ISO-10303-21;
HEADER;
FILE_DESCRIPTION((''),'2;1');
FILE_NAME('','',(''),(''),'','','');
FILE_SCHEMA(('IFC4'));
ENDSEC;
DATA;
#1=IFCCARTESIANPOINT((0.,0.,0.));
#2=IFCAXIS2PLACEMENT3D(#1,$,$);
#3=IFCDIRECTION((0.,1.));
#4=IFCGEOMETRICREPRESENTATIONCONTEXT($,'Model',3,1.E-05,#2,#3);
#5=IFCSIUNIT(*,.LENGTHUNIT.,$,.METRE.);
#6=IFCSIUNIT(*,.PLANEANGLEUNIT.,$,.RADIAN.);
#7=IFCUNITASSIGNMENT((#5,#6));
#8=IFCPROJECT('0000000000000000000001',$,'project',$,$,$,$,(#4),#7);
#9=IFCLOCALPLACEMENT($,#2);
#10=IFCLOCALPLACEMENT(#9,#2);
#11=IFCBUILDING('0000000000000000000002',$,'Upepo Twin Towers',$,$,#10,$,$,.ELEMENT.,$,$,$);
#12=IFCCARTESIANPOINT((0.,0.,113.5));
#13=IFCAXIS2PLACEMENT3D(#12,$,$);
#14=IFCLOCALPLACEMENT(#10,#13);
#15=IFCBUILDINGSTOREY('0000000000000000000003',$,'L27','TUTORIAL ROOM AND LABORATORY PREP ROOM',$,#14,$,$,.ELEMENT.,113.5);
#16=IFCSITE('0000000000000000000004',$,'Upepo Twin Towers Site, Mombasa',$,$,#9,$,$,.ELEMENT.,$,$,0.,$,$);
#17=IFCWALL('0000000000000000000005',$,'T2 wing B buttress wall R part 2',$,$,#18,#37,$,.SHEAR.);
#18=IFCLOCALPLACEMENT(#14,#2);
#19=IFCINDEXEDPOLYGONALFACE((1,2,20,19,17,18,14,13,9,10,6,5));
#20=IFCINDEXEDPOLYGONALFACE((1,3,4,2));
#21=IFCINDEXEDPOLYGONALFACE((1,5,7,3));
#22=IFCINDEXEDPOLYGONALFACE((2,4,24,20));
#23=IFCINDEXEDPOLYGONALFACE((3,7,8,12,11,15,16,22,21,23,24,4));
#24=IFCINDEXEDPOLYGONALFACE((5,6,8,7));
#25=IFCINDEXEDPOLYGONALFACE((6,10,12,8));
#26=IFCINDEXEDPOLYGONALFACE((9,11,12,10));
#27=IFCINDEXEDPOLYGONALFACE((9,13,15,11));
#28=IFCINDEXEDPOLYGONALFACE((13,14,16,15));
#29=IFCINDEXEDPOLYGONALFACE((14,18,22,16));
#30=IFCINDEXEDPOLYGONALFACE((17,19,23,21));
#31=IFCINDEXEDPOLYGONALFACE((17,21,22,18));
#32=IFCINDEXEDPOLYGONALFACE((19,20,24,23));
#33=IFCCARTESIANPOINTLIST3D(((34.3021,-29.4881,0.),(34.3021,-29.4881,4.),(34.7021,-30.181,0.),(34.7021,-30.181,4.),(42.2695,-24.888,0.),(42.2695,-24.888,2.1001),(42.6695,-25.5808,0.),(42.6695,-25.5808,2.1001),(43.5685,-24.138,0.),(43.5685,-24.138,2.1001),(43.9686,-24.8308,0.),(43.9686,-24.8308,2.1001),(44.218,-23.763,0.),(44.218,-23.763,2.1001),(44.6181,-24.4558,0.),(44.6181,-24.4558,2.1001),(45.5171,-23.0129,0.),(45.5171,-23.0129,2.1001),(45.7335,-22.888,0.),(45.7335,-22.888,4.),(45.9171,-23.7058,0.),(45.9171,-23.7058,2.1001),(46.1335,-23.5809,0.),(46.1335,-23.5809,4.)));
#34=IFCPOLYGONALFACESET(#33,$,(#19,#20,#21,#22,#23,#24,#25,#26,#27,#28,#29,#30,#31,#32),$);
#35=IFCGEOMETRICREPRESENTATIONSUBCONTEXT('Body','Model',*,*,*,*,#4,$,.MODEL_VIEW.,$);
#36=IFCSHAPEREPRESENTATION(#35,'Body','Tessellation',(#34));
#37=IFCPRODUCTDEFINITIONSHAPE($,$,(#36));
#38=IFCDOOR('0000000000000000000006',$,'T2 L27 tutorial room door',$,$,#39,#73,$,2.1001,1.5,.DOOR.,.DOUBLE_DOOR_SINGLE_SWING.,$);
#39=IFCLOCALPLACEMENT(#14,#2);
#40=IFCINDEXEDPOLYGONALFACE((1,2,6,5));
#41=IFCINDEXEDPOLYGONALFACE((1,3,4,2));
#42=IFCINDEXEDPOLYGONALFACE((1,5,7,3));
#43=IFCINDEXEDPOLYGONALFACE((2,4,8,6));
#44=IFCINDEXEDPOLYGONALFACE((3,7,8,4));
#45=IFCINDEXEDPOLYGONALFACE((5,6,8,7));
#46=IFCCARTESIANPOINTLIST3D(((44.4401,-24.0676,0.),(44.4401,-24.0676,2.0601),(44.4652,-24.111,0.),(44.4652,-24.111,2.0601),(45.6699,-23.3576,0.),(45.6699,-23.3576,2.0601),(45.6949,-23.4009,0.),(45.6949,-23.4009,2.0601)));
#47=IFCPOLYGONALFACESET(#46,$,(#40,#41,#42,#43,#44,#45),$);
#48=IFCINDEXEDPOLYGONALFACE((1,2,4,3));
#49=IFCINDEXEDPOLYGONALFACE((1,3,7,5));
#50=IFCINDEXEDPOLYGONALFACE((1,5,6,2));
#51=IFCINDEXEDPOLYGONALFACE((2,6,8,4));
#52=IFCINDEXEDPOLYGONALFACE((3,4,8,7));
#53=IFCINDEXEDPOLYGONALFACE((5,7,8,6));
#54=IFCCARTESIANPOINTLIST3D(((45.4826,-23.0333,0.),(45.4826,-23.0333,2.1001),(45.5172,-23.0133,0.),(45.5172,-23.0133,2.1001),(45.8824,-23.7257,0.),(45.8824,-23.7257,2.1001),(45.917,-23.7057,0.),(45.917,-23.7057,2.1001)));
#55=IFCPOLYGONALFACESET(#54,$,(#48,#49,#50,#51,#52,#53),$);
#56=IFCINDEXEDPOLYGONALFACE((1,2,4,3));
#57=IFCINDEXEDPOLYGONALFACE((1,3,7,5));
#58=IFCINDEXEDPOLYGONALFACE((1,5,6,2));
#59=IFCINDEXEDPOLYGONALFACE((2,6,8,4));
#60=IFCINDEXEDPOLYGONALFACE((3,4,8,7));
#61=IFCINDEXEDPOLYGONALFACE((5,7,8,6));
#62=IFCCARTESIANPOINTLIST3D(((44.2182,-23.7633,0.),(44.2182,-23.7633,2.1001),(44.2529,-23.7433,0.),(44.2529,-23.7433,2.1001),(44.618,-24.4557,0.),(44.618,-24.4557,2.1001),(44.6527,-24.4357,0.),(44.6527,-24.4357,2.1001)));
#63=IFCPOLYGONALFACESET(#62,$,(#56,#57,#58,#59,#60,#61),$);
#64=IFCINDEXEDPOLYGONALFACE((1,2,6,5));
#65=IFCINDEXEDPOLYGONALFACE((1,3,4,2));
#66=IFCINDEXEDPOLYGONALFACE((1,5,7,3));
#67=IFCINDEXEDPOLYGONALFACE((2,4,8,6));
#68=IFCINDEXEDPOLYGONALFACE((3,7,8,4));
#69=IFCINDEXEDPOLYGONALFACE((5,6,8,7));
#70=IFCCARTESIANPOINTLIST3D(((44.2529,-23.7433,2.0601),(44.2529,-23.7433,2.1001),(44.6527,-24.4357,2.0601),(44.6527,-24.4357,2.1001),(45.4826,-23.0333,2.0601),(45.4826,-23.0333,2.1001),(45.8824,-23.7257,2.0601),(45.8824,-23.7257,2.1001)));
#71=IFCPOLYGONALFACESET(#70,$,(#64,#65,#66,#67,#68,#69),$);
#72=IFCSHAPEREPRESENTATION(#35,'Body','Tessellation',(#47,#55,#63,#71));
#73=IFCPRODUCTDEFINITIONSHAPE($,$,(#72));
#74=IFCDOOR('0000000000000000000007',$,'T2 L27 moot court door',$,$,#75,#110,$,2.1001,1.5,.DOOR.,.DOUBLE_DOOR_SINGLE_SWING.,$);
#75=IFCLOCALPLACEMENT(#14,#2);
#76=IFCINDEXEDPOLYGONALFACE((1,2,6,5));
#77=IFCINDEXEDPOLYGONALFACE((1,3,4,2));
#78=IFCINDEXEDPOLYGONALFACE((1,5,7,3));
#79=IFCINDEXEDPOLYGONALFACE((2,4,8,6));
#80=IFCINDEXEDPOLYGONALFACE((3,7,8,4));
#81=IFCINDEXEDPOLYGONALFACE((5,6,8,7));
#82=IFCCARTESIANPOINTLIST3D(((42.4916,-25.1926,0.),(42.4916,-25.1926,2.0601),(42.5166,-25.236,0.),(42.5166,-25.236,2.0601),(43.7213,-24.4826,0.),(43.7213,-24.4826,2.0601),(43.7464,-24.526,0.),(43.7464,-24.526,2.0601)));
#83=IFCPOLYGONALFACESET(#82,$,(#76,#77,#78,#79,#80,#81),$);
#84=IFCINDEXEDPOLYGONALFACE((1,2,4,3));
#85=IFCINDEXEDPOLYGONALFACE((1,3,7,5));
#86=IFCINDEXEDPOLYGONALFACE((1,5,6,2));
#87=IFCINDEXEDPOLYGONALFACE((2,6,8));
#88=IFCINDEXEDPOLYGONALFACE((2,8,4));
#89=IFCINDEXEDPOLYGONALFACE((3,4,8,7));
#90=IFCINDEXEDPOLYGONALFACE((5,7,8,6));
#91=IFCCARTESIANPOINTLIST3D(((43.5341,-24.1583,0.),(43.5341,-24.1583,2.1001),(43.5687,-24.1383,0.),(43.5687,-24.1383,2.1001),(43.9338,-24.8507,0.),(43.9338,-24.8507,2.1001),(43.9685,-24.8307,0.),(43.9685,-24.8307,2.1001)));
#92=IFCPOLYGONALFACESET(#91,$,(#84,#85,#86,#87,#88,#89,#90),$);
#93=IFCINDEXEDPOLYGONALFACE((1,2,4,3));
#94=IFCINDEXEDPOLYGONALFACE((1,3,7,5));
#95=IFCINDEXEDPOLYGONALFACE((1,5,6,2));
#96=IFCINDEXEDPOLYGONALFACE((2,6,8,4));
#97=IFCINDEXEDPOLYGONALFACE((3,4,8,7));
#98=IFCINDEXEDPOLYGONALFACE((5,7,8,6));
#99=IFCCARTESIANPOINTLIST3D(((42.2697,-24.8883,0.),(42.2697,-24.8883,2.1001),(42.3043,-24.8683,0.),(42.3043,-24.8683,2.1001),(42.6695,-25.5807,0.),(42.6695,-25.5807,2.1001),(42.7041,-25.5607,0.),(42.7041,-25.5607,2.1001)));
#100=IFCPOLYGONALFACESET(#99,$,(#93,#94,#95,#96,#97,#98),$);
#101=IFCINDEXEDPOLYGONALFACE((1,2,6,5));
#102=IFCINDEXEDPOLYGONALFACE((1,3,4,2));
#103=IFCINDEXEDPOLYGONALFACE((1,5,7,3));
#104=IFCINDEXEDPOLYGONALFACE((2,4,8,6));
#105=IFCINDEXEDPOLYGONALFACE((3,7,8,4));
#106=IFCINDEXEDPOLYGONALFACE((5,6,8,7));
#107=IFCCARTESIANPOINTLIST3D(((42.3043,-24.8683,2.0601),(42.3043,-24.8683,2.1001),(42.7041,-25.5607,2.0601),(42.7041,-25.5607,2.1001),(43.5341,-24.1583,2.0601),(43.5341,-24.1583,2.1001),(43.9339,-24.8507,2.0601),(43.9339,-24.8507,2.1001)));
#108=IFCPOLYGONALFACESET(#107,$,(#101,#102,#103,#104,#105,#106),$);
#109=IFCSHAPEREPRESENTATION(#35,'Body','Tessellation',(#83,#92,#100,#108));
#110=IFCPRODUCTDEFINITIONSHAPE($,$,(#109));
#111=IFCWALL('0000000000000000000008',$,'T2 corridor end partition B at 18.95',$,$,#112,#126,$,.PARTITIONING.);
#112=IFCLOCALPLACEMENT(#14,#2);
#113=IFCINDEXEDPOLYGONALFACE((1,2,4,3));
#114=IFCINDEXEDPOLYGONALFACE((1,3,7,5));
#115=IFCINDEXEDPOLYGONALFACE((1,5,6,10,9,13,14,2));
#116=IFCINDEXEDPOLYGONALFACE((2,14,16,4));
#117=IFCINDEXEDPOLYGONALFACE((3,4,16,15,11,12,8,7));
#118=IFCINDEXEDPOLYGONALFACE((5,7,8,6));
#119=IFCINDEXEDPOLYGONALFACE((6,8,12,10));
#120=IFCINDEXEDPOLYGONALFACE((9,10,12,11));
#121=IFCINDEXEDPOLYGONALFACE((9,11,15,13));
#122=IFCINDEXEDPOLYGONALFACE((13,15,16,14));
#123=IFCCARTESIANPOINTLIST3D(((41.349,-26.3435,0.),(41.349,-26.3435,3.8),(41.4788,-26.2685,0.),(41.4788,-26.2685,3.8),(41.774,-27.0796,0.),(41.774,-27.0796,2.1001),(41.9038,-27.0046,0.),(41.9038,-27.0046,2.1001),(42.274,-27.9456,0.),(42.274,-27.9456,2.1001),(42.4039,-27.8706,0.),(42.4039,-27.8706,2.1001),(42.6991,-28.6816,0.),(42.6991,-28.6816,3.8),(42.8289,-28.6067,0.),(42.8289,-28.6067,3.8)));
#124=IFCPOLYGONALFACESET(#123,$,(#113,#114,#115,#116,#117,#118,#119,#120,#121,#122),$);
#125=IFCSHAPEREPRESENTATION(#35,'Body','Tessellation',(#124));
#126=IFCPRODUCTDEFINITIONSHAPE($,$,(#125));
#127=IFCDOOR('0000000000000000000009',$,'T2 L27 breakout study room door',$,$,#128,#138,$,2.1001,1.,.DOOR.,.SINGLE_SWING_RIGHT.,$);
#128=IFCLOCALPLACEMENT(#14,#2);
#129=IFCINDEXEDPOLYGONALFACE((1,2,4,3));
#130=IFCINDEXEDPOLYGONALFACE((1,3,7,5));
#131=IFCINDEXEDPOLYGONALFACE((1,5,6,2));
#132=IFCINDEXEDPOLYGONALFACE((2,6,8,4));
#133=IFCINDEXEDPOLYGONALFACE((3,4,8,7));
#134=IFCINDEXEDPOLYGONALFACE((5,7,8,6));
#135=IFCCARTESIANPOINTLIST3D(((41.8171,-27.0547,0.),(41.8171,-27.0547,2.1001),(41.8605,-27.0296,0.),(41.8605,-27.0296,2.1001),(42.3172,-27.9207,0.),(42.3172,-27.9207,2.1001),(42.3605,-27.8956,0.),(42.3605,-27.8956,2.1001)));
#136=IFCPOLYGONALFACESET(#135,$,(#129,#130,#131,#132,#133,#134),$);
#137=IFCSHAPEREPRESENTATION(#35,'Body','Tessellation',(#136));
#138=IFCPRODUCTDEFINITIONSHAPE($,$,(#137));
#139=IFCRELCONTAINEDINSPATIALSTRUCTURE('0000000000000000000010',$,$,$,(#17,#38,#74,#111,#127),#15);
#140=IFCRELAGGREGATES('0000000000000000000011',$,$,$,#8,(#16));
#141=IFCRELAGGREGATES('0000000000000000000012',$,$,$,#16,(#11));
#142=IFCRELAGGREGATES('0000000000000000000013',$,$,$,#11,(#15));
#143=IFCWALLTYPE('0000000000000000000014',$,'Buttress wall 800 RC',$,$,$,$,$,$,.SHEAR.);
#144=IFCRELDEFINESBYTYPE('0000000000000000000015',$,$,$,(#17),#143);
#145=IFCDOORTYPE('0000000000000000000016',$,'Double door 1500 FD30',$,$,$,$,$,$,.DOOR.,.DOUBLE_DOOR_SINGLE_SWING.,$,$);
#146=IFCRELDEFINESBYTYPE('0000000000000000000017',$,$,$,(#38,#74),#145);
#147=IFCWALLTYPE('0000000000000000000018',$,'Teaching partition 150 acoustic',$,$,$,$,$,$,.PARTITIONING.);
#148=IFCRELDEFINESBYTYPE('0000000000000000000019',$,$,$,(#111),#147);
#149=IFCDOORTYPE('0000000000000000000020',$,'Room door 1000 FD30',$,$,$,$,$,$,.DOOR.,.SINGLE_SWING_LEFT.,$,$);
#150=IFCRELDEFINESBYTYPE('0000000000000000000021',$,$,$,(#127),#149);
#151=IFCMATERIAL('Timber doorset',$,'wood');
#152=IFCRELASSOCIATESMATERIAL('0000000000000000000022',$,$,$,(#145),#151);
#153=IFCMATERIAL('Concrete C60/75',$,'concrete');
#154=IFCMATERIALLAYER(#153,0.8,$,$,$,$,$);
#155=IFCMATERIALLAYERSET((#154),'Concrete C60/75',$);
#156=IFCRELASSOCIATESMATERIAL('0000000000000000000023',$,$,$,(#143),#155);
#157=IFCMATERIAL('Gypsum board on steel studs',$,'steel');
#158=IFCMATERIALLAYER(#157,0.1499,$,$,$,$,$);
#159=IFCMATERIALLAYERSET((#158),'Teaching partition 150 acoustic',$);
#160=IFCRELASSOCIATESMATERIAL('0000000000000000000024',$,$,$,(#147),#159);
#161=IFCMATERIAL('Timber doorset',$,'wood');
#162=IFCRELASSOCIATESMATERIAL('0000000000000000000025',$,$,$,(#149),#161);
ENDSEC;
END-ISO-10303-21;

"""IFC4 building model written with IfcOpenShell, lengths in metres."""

from ifc_helpers import new_model, si_unit, direction, frame, frame_2d, origin, place, context, subcontext, project, spatial, rectangle, extrude, material, layer, layer_set, type_object, element, fill, save


model = new_model("IFC4")

# Units and contexts
model_context = context("Model", 3, precision=1e-05, world=origin(), true_north=direction((0.0, 1.0)))
body_context = subcontext(model_context, "Body", "Model", "MODEL_VIEW")
ifc_project = project(units=[si_unit("LENGTHUNIT", "METRE"), si_unit("PLANEANGLEUNIT", "RADIAN")], contexts=[model_context])

# Site, building, storey
site_placement = place(None, origin())
site = spatial("IfcSite", under=ifc_project, at=site_placement, Name="Upepo Twin Towers Site, Mombasa", CompositionType="ELEMENT", RefElevation=0.0)
building_placement = place(site_placement, origin())
building = spatial("IfcBuilding", under=site, at=building_placement, Name="Upepo Twin Towers", CompositionType="ELEMENT")
storey_placement = place(building_placement, frame((0.0, 0.0, 113.5)))
storey = spatial("IfcBuildingStorey", under=building, at=storey_placement, Name="L27", Description="TUTORIAL ROOM AND LABORATORY PREP ROOM", CompositionType="ELEMENT", Elevation=113.5)

# Shared definitions
ifc_material_1 = material(Name="Timber doorset", Category="wood")
door_type_1 = type_object("IfcDoorType", Name="Double door 1500 FD30", OperationType="DOUBLE_DOOR_SINGLE_SWING", PredefinedType="DOOR", material=ifc_material_1)

# Wall, openings, doors
ifc_material_2 = material(Name="Concrete C60/75", Category="concrete")
ifc_layer_1 = layer(ifc_material_2, 0.8)
ifc_layer_set_1 = layer_set([ifc_layer_1], Name="Concrete C60/75")
wall_type_1 = type_object("IfcWallType", Name="Buttress wall 800 RC", PredefinedType="SHEAR", material=ifc_layer_set_1)
wall_1_placement = place(storey_placement, frame((45.9336, -23.2344, 0.0), z_axis=(0.0, 0.0, 1.0), x_axis=(-0.86602, -0.50001, 0.0)))
wall_1 = element("IfcWall", 1, at=wall_1_placement, inside=storey, type_object=wall_type_1, Name="T2 wing B buttress wall R part 2", PredefinedType="SHEAR", context=body_context, shape_type="SweptSolid", body=[
    extrude(rectangle(XDim=13.2, YDim=0.8, at=frame_2d((6.6001, 0.0))), origin(), (0.0, 0.0, 1.0), 4.0),
])
opening_1_placement = place(wall_1_placement, frame((0.25, 0.0, 0.0)))
opening_1 = element("IfcOpeningElement", 2, at=opening_1_placement, cuts=wall_1, PredefinedType="OPENING", context=body_context, shape_type="SweptSolid", body=[
    extrude(rectangle(XDim=1.5, YDim=2.1001, at=frame_2d((0.75, 1.05))), frame((0.0, 0.4099, 0.0), z_axis=(0.0, -1.0, 0.0), x_axis=(1.0, 0.0, 0.0)), (0.0, 0.0, 1.0), 0.8201),
])
opening_2_placement = place(wall_1_placement, frame((2.5, 0.0, 0.0)))
opening_2 = element("IfcOpeningElement", 3, at=opening_2_placement, cuts=wall_1, PredefinedType="OPENING", context=body_context, shape_type="SweptSolid", body=[
    extrude(rectangle(XDim=1.5, YDim=2.1001, at=frame_2d((0.75, 1.05))), frame((0.0, 0.4099, 0.0), z_axis=(0.0, -1.0, 0.0), x_axis=(1.0, 0.0, 0.0)), (0.0, 0.0, 1.0), 0.8201),
])
door_1_placement = place(opening_1_placement, origin())
door_1 = element("IfcDoor", 4, at=door_1_placement, inside=storey, type_object=door_type_1, Name="T2 L27 tutorial room door", OperationType="DOUBLE_DOOR_SINGLE_SWING", OverallHeight=2.1001, OverallWidth=1.5, PredefinedType="DOOR", context=body_context, shape_type="SweptSolid", body=[
    extrude(rectangle(XDim=1.42, YDim=2.0601, at=frame_2d((0.75, 1.03))), frame((0.0, 0.0249, 0.0), z_axis=(0.0, -1.0, 0.0), x_axis=(1.0, 0.0, 0.0)), (0.0, 0.0, 1.0), 0.05),
    extrude(rectangle(XDim=0.04, YDim=2.1001, at=frame_2d((0.02, 1.05))), frame((0.0, 0.3999, 0.0), z_axis=(0.0, -1.0, 0.0), x_axis=(1.0, 0.0, 0.0)), (0.0, 0.0, 1.0), 0.7996),
    extrude(rectangle(XDim=0.04, YDim=2.1001, at=frame_2d((1.48, 1.05))), frame((0.0, 0.3999, 0.0), z_axis=(0.0, -1.0, 0.0), x_axis=(1.0, 0.0, 0.0)), (0.0, 0.0, 1.0), 0.7996),
    extrude(rectangle(XDim=1.42, YDim=0.04, at=frame_2d((0.75, 2.0801))), frame((0.0, 0.3999, 0.0), z_axis=(0.0, -1.0, 0.0), x_axis=(1.0, 0.0, 0.0)), (0.0, 0.0, 1.0), 0.7996),
])
fill(opening_1, door_1)
door_2_placement = place(opening_2_placement, origin())
door_2 = element("IfcDoor", 5, at=door_2_placement, inside=storey, type_object=door_type_1, Name="T2 L27 moot court door", OperationType="DOUBLE_DOOR_SINGLE_SWING", OverallHeight=2.1001, OverallWidth=1.5, PredefinedType="DOOR", context=body_context, shape_type="SweptSolid", body=[
    extrude(rectangle(XDim=1.42, YDim=2.0601, at=frame_2d((0.75, 1.03))), frame((0.0, 0.0249, 0.0), z_axis=(0.0, -1.0, 0.0), x_axis=(1.0, 0.0, 0.0)), (0.0, 0.0, 1.0), 0.05),
    extrude(rectangle(XDim=0.04, YDim=2.1001, at=frame_2d((0.02, 1.05))), frame((0.0, 0.3999, 0.0), z_axis=(0.0, -1.0, 0.0), x_axis=(1.0, 0.0, 0.0)), (0.0, 0.0, 1.0), 0.7996),
    extrude(rectangle(XDim=0.04, YDim=2.1001, at=frame_2d((1.48, 1.05))), frame((0.0, 0.3999, 0.0), z_axis=(0.0, -1.0, 0.0), x_axis=(1.0, 0.0, 0.0)), (0.0, 0.0, 1.0), 0.7996),
    extrude(rectangle(XDim=1.42, YDim=0.04, at=frame_2d((0.75, 2.0801))), frame((0.0, 0.3999, 0.0), z_axis=(0.0, -1.0, 0.0), x_axis=(1.0, 0.0, 0.0)), (0.0, 0.0, 1.0), 0.7996),
])
fill(opening_2, door_2)

# Wall, opening, door
ifc_material_3 = material(Name="Gypsum board on steel studs", Category="steel")
ifc_layer_2 = layer(ifc_material_3, 0.1499)
ifc_layer_set_2 = layer_set([ifc_layer_2], Name="Teaching partition 150 acoustic")
wall_type_2 = type_object("IfcWallType", Name="Teaching partition 150 acoustic", PredefinedType="PARTITIONING", material=ifc_layer_set_2)
wall_2_placement = place(storey_placement, frame((41.4138, -26.3059, 0.0), z_axis=(0.0, 0.0, 1.0), x_axis=(0.500049, -0.865997, 0.0)))
wall_2 = element("IfcWall", 6, at=wall_2_placement, inside=storey, type_object=wall_type_2, Name="T2 corridor end partition B at 18.95", PredefinedType="PARTITIONING", context=body_context, shape_type="SweptSolid", body=[
    extrude(rectangle(XDim=2.7, YDim=0.1499, at=frame_2d((1.3501, 0.0))), origin(), (0.0, 0.0, 1.0), 3.8),
])
opening_3_placement = place(wall_2_placement, frame((0.8501, 0.0, 0.0)))
opening_3 = element("IfcOpeningElement", 7, at=opening_3_placement, cuts=wall_2, PredefinedType="OPENING", context=body_context, shape_type="SweptSolid", body=[
    extrude(rectangle(XDim=1.0, YDim=2.1001, at=frame_2d((0.5, 1.05))), frame((0.0, 0.085, 0.0), z_axis=(0.0, -1.0, 0.0), x_axis=(1.0, 0.0, 0.0)), (0.0, 0.0, 1.0), 0.1699),
])
ifc_material_4 = material(Name="Timber doorset", Category="wood")
door_type_2 = type_object("IfcDoorType", Name="Room door 1000 FD30", OperationType="SINGLE_SWING_LEFT", PredefinedType="DOOR", material=ifc_material_4)
door_3_placement = place(opening_3_placement, origin())
door_3 = element("IfcDoor", 8, at=door_3_placement, inside=storey, type_object=door_type_2, Name="T2 L27 breakout study room door", OperationType="SINGLE_SWING_RIGHT", OverallHeight=2.1001, OverallWidth=1.0, PredefinedType="DOOR", context=body_context, shape_type="SweptSolid", body=[
    extrude(rectangle(XDim=1.0, YDim=2.1001, at=frame_2d((0.5, 1.05))), frame((0.0, 0.0249, 0.0), z_axis=(0.0, -1.0, 0.0), x_axis=(1.0, 0.0, 0.0)), (0.0, 0.0, 1.0), 0.05),
])
fill(opening_3, door_3)

save(model, "model.ifc")
